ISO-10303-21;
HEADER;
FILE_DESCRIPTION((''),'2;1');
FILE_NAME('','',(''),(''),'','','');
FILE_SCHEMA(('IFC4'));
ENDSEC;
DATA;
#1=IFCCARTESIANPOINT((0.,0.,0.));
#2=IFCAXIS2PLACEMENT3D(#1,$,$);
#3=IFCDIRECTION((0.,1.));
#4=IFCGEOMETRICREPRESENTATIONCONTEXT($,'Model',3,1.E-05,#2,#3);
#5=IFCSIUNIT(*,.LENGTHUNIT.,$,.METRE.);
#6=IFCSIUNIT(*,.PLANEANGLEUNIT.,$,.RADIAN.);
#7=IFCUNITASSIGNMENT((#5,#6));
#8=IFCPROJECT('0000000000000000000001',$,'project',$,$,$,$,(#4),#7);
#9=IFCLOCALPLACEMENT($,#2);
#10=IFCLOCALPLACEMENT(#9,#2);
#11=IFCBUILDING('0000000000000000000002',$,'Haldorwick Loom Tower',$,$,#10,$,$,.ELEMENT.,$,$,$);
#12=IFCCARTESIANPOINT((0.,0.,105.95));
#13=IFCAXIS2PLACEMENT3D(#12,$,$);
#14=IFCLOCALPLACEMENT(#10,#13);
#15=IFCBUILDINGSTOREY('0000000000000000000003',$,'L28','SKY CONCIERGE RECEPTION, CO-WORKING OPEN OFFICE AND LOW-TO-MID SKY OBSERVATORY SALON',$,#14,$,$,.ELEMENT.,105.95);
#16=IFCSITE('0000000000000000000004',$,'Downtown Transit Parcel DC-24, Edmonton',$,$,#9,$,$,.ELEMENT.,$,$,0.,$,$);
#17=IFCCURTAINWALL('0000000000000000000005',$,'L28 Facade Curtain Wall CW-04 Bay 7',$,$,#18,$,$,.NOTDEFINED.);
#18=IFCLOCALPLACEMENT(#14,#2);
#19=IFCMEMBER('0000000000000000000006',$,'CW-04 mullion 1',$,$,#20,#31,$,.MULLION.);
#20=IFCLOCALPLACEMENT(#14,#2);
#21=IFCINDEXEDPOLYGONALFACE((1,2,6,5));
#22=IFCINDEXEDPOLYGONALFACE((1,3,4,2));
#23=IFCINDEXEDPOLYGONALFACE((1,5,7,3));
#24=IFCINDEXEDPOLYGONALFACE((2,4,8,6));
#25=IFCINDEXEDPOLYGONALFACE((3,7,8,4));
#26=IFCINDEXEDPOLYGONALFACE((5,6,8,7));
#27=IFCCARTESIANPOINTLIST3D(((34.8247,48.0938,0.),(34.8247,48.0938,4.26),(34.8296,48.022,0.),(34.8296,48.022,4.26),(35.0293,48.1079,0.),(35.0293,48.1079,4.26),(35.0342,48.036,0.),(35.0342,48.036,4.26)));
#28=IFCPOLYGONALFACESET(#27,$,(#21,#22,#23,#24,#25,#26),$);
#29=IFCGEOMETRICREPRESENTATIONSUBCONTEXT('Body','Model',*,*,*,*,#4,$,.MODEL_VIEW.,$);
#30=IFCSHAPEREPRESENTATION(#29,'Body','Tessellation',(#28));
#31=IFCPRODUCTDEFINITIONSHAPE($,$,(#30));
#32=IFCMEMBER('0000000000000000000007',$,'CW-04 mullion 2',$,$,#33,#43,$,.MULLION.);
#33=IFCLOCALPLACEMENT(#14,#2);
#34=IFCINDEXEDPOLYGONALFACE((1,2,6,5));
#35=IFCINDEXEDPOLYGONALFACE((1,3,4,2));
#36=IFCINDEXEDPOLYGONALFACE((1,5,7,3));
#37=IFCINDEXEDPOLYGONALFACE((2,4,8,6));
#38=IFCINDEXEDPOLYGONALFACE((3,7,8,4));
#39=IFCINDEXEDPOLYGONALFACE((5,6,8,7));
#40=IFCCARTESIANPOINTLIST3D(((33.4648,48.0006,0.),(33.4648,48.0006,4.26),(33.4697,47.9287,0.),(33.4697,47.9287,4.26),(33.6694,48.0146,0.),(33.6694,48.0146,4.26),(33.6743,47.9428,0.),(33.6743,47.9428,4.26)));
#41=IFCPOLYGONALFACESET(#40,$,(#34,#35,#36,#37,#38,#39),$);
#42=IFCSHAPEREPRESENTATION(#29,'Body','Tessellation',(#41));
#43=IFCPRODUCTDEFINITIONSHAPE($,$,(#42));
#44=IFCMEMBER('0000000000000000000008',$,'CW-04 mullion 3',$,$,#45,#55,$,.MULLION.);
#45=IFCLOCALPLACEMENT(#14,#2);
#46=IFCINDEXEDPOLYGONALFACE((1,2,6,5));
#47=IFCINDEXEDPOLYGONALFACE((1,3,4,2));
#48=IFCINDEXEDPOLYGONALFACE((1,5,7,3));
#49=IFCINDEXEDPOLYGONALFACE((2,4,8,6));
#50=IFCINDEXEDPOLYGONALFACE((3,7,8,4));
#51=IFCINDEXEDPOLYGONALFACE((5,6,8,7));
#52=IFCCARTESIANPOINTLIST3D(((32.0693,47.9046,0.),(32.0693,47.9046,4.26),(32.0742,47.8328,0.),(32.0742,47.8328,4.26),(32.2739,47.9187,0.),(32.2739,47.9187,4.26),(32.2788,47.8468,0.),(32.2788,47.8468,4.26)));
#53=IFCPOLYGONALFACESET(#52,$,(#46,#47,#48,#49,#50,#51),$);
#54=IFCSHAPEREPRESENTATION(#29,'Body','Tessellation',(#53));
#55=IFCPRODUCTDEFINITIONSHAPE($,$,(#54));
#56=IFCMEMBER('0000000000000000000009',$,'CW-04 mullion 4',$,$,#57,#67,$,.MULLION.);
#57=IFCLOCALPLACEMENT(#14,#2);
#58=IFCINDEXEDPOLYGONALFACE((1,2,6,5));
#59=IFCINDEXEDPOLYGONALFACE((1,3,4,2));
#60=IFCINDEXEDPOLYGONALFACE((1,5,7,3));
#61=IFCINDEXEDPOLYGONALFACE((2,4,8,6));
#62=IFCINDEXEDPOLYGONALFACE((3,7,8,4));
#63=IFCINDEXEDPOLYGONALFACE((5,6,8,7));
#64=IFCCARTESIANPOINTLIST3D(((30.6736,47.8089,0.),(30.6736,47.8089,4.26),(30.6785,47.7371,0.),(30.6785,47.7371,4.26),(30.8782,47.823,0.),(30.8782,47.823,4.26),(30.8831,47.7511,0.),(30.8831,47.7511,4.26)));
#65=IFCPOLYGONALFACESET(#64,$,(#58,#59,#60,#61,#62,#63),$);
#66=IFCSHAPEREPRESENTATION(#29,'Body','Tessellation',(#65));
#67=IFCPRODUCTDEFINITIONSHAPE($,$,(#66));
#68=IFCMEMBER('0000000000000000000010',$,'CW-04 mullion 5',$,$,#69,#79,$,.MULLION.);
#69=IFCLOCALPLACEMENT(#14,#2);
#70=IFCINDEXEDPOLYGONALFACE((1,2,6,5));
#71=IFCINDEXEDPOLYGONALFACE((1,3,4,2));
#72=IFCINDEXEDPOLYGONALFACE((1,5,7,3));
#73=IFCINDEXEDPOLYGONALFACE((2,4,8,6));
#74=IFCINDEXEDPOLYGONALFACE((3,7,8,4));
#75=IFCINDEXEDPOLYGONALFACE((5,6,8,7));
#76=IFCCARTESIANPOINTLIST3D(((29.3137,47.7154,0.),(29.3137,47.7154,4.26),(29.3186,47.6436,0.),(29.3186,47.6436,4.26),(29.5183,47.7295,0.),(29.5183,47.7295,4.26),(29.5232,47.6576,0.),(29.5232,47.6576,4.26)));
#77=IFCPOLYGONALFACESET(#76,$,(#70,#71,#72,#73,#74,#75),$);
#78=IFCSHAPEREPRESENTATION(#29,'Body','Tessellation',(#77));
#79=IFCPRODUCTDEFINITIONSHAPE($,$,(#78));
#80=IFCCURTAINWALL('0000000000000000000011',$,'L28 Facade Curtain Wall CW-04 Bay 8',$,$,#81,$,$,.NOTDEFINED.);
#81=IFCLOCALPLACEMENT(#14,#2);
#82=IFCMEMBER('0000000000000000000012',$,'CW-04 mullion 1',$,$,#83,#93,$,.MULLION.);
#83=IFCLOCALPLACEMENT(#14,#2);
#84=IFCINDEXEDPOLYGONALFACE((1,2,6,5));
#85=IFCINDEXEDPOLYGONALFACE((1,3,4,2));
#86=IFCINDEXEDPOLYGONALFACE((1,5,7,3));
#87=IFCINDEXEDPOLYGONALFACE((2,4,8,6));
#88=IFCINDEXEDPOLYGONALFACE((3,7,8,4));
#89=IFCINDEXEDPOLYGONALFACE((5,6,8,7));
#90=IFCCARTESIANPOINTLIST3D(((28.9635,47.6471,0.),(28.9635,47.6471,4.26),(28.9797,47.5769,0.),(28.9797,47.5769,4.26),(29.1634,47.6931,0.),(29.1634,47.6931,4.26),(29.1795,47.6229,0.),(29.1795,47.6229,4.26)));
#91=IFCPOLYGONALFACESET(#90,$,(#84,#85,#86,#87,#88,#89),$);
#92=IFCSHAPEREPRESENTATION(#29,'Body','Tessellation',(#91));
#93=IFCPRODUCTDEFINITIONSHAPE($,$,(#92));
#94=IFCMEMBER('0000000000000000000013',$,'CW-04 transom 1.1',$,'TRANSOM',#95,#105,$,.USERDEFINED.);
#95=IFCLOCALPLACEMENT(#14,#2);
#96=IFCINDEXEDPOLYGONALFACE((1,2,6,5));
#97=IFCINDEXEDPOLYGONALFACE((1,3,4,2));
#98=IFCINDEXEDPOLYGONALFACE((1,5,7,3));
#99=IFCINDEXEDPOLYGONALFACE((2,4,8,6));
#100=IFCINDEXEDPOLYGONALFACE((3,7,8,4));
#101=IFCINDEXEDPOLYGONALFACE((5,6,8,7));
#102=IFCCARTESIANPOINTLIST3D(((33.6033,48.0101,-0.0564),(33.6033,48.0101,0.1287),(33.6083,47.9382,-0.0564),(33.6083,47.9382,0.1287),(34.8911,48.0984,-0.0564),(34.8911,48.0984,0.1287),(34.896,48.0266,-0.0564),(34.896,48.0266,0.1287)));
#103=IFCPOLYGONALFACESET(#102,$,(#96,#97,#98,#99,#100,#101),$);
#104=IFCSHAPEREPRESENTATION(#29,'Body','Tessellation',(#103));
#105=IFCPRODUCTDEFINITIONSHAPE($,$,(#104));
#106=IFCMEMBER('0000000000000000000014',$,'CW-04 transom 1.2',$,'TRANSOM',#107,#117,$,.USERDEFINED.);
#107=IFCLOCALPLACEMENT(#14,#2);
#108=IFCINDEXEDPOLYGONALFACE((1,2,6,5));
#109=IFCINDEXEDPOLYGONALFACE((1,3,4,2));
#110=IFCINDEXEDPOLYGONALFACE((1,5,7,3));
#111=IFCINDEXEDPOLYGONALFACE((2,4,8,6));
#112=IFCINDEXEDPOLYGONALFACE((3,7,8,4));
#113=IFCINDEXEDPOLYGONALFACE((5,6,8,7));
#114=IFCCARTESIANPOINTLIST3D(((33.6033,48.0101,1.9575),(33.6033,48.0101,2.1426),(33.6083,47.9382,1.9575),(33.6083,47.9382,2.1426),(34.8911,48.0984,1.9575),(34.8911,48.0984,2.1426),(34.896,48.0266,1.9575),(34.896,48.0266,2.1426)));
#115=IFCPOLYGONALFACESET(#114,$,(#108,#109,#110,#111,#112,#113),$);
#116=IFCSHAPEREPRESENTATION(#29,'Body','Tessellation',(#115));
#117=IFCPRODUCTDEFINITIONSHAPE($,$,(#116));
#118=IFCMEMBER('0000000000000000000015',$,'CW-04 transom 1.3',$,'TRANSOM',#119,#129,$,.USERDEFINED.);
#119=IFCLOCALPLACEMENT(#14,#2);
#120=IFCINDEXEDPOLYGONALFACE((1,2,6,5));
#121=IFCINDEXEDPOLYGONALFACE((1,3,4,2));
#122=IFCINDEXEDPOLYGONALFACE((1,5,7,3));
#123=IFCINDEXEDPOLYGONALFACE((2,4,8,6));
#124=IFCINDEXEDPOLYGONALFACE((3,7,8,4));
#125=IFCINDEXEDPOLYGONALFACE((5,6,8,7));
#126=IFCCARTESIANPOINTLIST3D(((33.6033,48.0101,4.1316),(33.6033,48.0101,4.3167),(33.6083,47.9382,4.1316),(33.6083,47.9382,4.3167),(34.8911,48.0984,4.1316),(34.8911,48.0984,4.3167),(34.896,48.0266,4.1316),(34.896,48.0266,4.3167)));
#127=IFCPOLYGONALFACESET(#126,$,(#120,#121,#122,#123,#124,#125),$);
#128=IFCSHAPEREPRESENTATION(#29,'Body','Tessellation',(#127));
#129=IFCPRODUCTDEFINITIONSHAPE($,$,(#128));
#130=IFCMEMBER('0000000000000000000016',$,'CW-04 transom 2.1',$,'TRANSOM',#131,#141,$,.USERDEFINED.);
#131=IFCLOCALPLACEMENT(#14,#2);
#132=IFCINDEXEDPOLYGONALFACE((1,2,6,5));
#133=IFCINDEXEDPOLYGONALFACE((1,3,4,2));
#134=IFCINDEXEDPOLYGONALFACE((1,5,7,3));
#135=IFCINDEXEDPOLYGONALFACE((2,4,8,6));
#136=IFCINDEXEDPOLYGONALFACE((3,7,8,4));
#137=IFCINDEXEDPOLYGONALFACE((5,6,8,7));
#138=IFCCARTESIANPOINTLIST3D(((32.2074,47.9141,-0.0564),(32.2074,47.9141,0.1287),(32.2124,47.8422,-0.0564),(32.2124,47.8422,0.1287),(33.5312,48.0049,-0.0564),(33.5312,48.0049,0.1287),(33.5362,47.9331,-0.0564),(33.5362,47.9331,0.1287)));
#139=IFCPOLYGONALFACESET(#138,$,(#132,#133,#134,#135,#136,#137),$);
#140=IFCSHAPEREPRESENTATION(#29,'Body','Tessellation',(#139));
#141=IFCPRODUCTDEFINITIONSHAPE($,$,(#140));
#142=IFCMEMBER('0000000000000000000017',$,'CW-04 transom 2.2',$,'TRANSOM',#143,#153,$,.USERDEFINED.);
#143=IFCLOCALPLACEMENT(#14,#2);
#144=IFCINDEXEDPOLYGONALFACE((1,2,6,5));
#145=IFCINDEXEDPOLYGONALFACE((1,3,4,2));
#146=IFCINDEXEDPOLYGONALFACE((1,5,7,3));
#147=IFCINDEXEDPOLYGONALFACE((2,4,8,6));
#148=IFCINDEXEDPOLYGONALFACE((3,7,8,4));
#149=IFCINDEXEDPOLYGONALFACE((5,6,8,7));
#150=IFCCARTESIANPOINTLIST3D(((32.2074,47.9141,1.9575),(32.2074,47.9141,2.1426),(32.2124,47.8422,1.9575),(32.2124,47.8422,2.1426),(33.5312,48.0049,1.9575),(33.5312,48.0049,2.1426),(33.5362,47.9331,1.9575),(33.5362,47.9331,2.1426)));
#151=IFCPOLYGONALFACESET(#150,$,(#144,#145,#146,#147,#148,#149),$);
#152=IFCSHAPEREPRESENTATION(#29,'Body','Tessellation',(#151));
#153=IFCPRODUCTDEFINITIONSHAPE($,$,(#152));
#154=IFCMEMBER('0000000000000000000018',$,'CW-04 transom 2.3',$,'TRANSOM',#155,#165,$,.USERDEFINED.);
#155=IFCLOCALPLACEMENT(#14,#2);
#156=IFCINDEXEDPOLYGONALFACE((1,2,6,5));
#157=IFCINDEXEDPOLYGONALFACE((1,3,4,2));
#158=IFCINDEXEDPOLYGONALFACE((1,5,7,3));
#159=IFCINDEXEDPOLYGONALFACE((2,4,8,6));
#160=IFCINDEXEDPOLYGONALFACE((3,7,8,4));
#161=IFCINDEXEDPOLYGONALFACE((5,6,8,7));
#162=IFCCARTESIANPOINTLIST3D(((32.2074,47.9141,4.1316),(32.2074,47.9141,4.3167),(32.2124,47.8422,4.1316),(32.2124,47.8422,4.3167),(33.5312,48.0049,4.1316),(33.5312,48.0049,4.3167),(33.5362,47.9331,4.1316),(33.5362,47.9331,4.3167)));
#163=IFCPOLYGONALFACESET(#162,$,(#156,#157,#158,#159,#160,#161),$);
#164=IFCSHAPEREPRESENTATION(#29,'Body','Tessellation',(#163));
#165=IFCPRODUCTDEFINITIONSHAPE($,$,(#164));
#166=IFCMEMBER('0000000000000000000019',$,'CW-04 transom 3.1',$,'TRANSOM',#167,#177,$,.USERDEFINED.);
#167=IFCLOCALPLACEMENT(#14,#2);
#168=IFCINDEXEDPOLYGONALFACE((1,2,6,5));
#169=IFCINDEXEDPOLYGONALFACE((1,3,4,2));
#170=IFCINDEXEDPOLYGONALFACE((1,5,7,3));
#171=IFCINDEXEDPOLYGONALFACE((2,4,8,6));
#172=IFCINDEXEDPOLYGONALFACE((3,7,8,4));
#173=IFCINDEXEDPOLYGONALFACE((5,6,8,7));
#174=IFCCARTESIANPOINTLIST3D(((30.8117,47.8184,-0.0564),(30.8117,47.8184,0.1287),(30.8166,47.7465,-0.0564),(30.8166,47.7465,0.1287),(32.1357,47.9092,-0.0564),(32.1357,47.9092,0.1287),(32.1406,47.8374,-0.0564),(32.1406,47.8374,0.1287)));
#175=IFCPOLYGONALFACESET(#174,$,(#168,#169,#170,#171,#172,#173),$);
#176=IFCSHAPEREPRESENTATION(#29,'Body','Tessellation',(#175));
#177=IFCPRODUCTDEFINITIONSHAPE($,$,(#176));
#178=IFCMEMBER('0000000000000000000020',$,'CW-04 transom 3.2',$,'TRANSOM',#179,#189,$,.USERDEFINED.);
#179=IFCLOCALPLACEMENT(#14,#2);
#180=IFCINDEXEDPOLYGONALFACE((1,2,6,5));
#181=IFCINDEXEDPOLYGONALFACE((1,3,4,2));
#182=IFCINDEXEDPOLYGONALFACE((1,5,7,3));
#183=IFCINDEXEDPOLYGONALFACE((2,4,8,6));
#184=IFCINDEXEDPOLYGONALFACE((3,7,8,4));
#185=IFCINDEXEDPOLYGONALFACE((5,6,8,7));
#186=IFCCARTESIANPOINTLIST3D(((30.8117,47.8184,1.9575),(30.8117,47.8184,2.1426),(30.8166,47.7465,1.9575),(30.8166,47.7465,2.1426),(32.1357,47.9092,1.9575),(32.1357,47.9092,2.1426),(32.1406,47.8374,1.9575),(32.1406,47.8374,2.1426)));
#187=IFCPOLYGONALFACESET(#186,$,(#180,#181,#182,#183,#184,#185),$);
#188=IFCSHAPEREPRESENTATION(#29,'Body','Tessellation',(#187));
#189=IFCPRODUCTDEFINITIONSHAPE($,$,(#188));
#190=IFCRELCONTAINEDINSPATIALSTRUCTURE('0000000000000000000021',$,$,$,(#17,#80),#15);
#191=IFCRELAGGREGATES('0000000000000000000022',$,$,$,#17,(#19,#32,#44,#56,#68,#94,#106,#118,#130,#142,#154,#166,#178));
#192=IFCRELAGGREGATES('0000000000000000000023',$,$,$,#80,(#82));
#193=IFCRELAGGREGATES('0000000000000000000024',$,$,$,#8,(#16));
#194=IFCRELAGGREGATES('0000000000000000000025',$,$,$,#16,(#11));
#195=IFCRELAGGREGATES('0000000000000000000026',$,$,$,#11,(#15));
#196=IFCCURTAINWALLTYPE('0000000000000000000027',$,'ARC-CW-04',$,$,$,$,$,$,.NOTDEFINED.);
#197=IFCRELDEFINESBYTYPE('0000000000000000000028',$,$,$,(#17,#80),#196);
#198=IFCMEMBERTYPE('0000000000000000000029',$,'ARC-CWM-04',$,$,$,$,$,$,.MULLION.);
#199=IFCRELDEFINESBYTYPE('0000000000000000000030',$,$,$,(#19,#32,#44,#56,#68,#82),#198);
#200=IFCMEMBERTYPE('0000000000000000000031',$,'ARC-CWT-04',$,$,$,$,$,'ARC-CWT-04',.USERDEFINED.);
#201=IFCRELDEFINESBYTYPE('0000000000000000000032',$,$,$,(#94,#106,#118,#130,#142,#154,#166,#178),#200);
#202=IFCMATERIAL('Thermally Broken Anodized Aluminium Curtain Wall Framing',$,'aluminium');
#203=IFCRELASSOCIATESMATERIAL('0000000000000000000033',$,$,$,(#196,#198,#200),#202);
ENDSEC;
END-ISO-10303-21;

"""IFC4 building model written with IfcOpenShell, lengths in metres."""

from ifc_helpers import new_model, si_unit, direction, frame, origin, origin_2d, place, context, subcontext, project, spatial, rectangle, extrude, material, material_profile, profile_set, type_object, element, aggregate, save


model = new_model("IFC4")

# Units and contexts
model_context = context("Model", 3, precision=1e-05, world=origin(), true_north=direction((0.0, 1.0)))
body_context = subcontext(model_context, "Body", "Model", "MODEL_VIEW")
ifc_project = project(units=[si_unit("LENGTHUNIT", "METRE"), si_unit("PLANEANGLEUNIT", "RADIAN")], contexts=[model_context])

# Site, building, storey
site_placement = place(None, origin())
site = spatial("IfcSite", under=ifc_project, at=site_placement, Name="Downtown Transit Parcel DC-24, Edmonton", CompositionType="ELEMENT", RefElevation=0.0)
building_placement = place(site_placement, origin())
building = spatial("IfcBuilding", under=site, at=building_placement, Name="Haldorwick Loom Tower", CompositionType="ELEMENT")
storey_placement = place(building_placement, frame((0.0, 0.0, 105.95)))
storey = spatial("IfcBuildingStorey", under=building, at=storey_placement, Name="L28", Description="SKY CONCIERGE RECEPTION, CO-WORKING OPEN OFFICE AND LOW-TO-MID SKY OBSERVATORY SALON", CompositionType="ELEMENT", Elevation=105.95)

# Curtain wall, members
ifc_material_1 = material(Name="Thermally Broken Anodized Aluminium Curtain Wall Framing", Category="aluminium")
curtain_wall_type = type_object("IfcCurtainWallType", Name="ARC-CW-04", PredefinedType="NOTDEFINED", material=ifc_material_1)
curtain_wall_1_placement = place(storey_placement, origin())
curtain_wall_1 = element("IfcCurtainWall", 1, at=curtain_wall_1_placement, inside=storey, type_object=curtain_wall_type, Name="L28 Facade Curtain Wall CW-04 Bay 7", PredefinedType="NOTDEFINED")
ifc_material_profile_1 = material_profile(ifc_material_1, rectangle(XDim=0.072, YDim=0.2051, at=origin_2d()), Name="ALU_MUL_72X205", Category="aluminium")
ifc_profile_set_1 = profile_set([ifc_material_profile_1], Name="Thermally Broken Anodized Aluminium Curtain Wall Framing")
member_type_1 = type_object("IfcMemberType", Name="ARC-CWM-04", PredefinedType="MULLION", material=ifc_profile_set_1)
member_1_placement = place(storey_placement, frame((34.9294, 48.0649, 0.0), z_axis=(0.0, 0.0, 1.0), x_axis=(0.068496, -0.997651, 0.0)))
member_1 = element("IfcMember", 2, at=member_1_placement, type_object=member_type_1, Name="CW-04 mullion 1", PredefinedType="MULLION", context=body_context, shape_type="SweptSolid", body=[
    extrude(rectangle(XDim=0.072, YDim=0.2051, at=origin_2d()), origin(), (0.0, 0.0, 1.0), 4.26),
])
member_2_placement = place(storey_placement, frame((33.5696, 47.9717, 0.0), z_axis=(0.0, 0.0, 1.0), x_axis=(0.068496, -0.997651, 0.0)))
member_2 = element("IfcMember", 3, at=member_2_placement, type_object=member_type_1, Name="CW-04 mullion 2", PredefinedType="MULLION", context=body_context, shape_type="SweptSolid", body=[
    extrude(rectangle(XDim=0.072, YDim=0.2051, at=origin_2d()), origin(), (0.0, 0.0, 1.0), 4.26),
])
member_3_placement = place(storey_placement, frame((32.1741, 47.8757, 0.0), z_axis=(0.0, 0.0, 1.0), x_axis=(0.068496, -0.997651, 0.0)))
member_3 = element("IfcMember", 4, at=member_3_placement, type_object=member_type_1, Name="CW-04 mullion 3", PredefinedType="MULLION", context=body_context, shape_type="SweptSolid", body=[
    extrude(rectangle(XDim=0.072, YDim=0.2051, at=origin_2d()), origin(), (0.0, 0.0, 1.0), 4.26),
])
member_4_placement = place(storey_placement, frame((30.7783, 47.78, 0.0), z_axis=(0.0, 0.0, 1.0), x_axis=(0.068496, -0.997651, 0.0)))
member_4 = element("IfcMember", 5, at=member_4_placement, type_object=member_type_1, Name="CW-04 mullion 4", PredefinedType="MULLION", context=body_context, shape_type="SweptSolid", body=[
    extrude(rectangle(XDim=0.072, YDim=0.2051, at=origin_2d()), origin(), (0.0, 0.0, 1.0), 4.26),
])
member_5_placement = place(storey_placement, frame((29.4185, 47.6865, 0.0), z_axis=(0.0, 0.0, 1.0), x_axis=(0.068496, -0.997651, 0.0)))
member_5 = element("IfcMember", 6, at=member_5_placement, type_object=member_type_1, Name="CW-04 mullion 5", PredefinedType="MULLION", context=body_context, shape_type="SweptSolid", body=[
    extrude(rectangle(XDim=0.072, YDim=0.2051, at=origin_2d()), origin(), (0.0, 0.0, 1.0), 4.26),
])

# Curtain wall, member
curtain_wall_2_placement = place(storey_placement, origin())
curtain_wall_2 = element("IfcCurtainWall", 7, at=curtain_wall_2_placement, inside=storey, type_object=curtain_wall_type, Name="L28 Facade Curtain Wall CW-04 Bay 8", PredefinedType="NOTDEFINED")
member_6_placement = place(storey_placement, frame((29.0715, 47.635, 0.0), z_axis=(0.0, 0.0, 1.0), x_axis=(0.223981, -0.974593, 0.0)))
member_6 = element("IfcMember", 8, at=member_6_placement, type_object=member_type_1, Name="CW-04 mullion 1", PredefinedType="MULLION", context=body_context, shape_type="SweptSolid", body=[
    extrude(rectangle(XDim=0.072, YDim=0.2051, at=origin_2d()), origin(), (0.0, 0.0, 1.0), 4.26),
])

# Members
ifc_material_profile_2 = material_profile(ifc_material_1, rectangle(XDim=0.072, YDim=0.1851, at=origin_2d()), Name="ALU_TRN_72X185", Category="aluminium")
ifc_profile_set_2 = profile_set([ifc_material_profile_2], Name="Thermally Broken Anodized Aluminium Curtain Wall Framing")
member_type_2 = type_object("IfcMemberType", Name="ARC-CWT-04", ElementType="ARC-CWT-04", PredefinedType="USERDEFINED", material=ifc_profile_set_2)
member_7_placement = place(storey_placement, frame((34.8936, 48.0625, 0.0361), z_axis=(-0.997654, -0.068465, 0.0), x_axis=(0.068465, -0.997654, 0.0)))
member_7 = element("IfcMember", 9, at=member_7_placement, type_object=member_type_2, Name="CW-04 transom 1.1", ObjectType="TRANSOM", PredefinedType="USERDEFINED", context=body_context, shape_type="SweptSolid", body=[
    extrude(rectangle(XDim=0.072, YDim=0.1851, at=origin_2d()), origin(), (0.0, 0.0, 1.0), 1.2908),
])
member_8_placement = place(storey_placement, frame((34.8936, 48.0625, 2.05), z_axis=(-0.997654, -0.068465, 0.0), x_axis=(0.068465, -0.997654, 0.0)))
member_8 = element("IfcMember", 10, at=member_8_placement, type_object=member_type_2, Name="CW-04 transom 1.2", ObjectType="TRANSOM", PredefinedType="USERDEFINED", context=body_context, shape_type="SweptSolid", body=[
    extrude(rectangle(XDim=0.072, YDim=0.1851, at=origin_2d()), origin(), (0.0, 0.0, 1.0), 1.2908),
])
member_9_placement = place(storey_placement, frame((34.8936, 48.0625, 4.2241), z_axis=(-0.997654, -0.068465, 0.0), x_axis=(0.068465, -0.997654, 0.0)))
member_9 = element("IfcMember", 11, at=member_9_placement, type_object=member_type_2, Name="CW-04 transom 1.3", ObjectType="TRANSOM", PredefinedType="USERDEFINED", context=body_context, shape_type="SweptSolid", body=[
    extrude(rectangle(XDim=0.072, YDim=0.1851, at=origin_2d()), origin(), (0.0, 0.0, 1.0), 1.2908),
])
member_10_placement = place(storey_placement, frame((33.5337, 47.969, 0.0361), z_axis=(-0.997655, -0.068448, 0.0), x_axis=(0.068448, -0.997655, 0.0)))
member_10 = element("IfcMember", 12, at=member_10_placement, type_object=member_type_2, Name="CW-04 transom 2.1", ObjectType="TRANSOM", PredefinedType="USERDEFINED", context=body_context, shape_type="SweptSolid", body=[
    extrude(rectangle(XDim=0.072, YDim=0.1851, at=origin_2d()), origin(), (0.0, 0.0, 1.0), 1.3269),
])
member_11_placement = place(storey_placement, frame((33.5337, 47.969, 2.05), z_axis=(-0.997655, -0.068448, 0.0), x_axis=(0.068448, -0.997655, 0.0)))
member_11 = element("IfcMember", 13, at=member_11_placement, type_object=member_type_2, Name="CW-04 transom 2.2", ObjectType="TRANSOM", PredefinedType="USERDEFINED", context=body_context, shape_type="SweptSolid", body=[
    extrude(rectangle(XDim=0.072, YDim=0.1851, at=origin_2d()), origin(), (0.0, 0.0, 1.0), 1.3269),
])
member_12_placement = place(storey_placement, frame((33.5337, 47.969, 4.2241), z_axis=(-0.997655, -0.068448, 0.0), x_axis=(0.068448, -0.997655, 0.0)))
member_12 = element("IfcMember", 14, at=member_12_placement, type_object=member_type_2, Name="CW-04 transom 2.3", ObjectType="TRANSOM", PredefinedType="USERDEFINED", context=body_context, shape_type="SweptSolid", body=[
    extrude(rectangle(XDim=0.072, YDim=0.1851, at=origin_2d()), origin(), (0.0, 0.0, 1.0), 1.3269),
])
member_13_placement = place(storey_placement, frame((32.1382, 47.8733, 0.0361), z_axis=(-0.997656, -0.068436, 0.0), x_axis=(0.068436, -0.997656, 0.0)))
member_13 = element("IfcMember", 15, at=member_13_placement, type_object=member_type_2, Name="CW-04 transom 3.1", ObjectType="TRANSOM", PredefinedType="USERDEFINED", context=body_context, shape_type="SweptSolid", body=[
    extrude(rectangle(XDim=0.072, YDim=0.1851, at=origin_2d()), origin(), (0.0, 0.0, 1.0), 1.3271),
])
member_14_placement = place(storey_placement, frame((32.1382, 47.8733, 2.05), z_axis=(-0.997656, -0.068436, 0.0), x_axis=(0.068436, -0.997656, 0.0)))
member_14 = element("IfcMember", 16, at=member_14_placement, type_object=member_type_2, Name="CW-04 transom 3.2", ObjectType="TRANSOM", PredefinedType="USERDEFINED", context=body_context, shape_type="SweptSolid", body=[
    extrude(rectangle(XDim=0.072, YDim=0.1851, at=origin_2d()), origin(), (0.0, 0.0, 1.0), 1.3271),
])

aggregate(curtain_wall_1, [member_1, member_2, member_3, member_4, member_5, member_7, member_8, member_9, member_10, member_11, member_12, member_13, member_14])
aggregate(curtain_wall_2, [member_6])

save(model, "model.ifc")
